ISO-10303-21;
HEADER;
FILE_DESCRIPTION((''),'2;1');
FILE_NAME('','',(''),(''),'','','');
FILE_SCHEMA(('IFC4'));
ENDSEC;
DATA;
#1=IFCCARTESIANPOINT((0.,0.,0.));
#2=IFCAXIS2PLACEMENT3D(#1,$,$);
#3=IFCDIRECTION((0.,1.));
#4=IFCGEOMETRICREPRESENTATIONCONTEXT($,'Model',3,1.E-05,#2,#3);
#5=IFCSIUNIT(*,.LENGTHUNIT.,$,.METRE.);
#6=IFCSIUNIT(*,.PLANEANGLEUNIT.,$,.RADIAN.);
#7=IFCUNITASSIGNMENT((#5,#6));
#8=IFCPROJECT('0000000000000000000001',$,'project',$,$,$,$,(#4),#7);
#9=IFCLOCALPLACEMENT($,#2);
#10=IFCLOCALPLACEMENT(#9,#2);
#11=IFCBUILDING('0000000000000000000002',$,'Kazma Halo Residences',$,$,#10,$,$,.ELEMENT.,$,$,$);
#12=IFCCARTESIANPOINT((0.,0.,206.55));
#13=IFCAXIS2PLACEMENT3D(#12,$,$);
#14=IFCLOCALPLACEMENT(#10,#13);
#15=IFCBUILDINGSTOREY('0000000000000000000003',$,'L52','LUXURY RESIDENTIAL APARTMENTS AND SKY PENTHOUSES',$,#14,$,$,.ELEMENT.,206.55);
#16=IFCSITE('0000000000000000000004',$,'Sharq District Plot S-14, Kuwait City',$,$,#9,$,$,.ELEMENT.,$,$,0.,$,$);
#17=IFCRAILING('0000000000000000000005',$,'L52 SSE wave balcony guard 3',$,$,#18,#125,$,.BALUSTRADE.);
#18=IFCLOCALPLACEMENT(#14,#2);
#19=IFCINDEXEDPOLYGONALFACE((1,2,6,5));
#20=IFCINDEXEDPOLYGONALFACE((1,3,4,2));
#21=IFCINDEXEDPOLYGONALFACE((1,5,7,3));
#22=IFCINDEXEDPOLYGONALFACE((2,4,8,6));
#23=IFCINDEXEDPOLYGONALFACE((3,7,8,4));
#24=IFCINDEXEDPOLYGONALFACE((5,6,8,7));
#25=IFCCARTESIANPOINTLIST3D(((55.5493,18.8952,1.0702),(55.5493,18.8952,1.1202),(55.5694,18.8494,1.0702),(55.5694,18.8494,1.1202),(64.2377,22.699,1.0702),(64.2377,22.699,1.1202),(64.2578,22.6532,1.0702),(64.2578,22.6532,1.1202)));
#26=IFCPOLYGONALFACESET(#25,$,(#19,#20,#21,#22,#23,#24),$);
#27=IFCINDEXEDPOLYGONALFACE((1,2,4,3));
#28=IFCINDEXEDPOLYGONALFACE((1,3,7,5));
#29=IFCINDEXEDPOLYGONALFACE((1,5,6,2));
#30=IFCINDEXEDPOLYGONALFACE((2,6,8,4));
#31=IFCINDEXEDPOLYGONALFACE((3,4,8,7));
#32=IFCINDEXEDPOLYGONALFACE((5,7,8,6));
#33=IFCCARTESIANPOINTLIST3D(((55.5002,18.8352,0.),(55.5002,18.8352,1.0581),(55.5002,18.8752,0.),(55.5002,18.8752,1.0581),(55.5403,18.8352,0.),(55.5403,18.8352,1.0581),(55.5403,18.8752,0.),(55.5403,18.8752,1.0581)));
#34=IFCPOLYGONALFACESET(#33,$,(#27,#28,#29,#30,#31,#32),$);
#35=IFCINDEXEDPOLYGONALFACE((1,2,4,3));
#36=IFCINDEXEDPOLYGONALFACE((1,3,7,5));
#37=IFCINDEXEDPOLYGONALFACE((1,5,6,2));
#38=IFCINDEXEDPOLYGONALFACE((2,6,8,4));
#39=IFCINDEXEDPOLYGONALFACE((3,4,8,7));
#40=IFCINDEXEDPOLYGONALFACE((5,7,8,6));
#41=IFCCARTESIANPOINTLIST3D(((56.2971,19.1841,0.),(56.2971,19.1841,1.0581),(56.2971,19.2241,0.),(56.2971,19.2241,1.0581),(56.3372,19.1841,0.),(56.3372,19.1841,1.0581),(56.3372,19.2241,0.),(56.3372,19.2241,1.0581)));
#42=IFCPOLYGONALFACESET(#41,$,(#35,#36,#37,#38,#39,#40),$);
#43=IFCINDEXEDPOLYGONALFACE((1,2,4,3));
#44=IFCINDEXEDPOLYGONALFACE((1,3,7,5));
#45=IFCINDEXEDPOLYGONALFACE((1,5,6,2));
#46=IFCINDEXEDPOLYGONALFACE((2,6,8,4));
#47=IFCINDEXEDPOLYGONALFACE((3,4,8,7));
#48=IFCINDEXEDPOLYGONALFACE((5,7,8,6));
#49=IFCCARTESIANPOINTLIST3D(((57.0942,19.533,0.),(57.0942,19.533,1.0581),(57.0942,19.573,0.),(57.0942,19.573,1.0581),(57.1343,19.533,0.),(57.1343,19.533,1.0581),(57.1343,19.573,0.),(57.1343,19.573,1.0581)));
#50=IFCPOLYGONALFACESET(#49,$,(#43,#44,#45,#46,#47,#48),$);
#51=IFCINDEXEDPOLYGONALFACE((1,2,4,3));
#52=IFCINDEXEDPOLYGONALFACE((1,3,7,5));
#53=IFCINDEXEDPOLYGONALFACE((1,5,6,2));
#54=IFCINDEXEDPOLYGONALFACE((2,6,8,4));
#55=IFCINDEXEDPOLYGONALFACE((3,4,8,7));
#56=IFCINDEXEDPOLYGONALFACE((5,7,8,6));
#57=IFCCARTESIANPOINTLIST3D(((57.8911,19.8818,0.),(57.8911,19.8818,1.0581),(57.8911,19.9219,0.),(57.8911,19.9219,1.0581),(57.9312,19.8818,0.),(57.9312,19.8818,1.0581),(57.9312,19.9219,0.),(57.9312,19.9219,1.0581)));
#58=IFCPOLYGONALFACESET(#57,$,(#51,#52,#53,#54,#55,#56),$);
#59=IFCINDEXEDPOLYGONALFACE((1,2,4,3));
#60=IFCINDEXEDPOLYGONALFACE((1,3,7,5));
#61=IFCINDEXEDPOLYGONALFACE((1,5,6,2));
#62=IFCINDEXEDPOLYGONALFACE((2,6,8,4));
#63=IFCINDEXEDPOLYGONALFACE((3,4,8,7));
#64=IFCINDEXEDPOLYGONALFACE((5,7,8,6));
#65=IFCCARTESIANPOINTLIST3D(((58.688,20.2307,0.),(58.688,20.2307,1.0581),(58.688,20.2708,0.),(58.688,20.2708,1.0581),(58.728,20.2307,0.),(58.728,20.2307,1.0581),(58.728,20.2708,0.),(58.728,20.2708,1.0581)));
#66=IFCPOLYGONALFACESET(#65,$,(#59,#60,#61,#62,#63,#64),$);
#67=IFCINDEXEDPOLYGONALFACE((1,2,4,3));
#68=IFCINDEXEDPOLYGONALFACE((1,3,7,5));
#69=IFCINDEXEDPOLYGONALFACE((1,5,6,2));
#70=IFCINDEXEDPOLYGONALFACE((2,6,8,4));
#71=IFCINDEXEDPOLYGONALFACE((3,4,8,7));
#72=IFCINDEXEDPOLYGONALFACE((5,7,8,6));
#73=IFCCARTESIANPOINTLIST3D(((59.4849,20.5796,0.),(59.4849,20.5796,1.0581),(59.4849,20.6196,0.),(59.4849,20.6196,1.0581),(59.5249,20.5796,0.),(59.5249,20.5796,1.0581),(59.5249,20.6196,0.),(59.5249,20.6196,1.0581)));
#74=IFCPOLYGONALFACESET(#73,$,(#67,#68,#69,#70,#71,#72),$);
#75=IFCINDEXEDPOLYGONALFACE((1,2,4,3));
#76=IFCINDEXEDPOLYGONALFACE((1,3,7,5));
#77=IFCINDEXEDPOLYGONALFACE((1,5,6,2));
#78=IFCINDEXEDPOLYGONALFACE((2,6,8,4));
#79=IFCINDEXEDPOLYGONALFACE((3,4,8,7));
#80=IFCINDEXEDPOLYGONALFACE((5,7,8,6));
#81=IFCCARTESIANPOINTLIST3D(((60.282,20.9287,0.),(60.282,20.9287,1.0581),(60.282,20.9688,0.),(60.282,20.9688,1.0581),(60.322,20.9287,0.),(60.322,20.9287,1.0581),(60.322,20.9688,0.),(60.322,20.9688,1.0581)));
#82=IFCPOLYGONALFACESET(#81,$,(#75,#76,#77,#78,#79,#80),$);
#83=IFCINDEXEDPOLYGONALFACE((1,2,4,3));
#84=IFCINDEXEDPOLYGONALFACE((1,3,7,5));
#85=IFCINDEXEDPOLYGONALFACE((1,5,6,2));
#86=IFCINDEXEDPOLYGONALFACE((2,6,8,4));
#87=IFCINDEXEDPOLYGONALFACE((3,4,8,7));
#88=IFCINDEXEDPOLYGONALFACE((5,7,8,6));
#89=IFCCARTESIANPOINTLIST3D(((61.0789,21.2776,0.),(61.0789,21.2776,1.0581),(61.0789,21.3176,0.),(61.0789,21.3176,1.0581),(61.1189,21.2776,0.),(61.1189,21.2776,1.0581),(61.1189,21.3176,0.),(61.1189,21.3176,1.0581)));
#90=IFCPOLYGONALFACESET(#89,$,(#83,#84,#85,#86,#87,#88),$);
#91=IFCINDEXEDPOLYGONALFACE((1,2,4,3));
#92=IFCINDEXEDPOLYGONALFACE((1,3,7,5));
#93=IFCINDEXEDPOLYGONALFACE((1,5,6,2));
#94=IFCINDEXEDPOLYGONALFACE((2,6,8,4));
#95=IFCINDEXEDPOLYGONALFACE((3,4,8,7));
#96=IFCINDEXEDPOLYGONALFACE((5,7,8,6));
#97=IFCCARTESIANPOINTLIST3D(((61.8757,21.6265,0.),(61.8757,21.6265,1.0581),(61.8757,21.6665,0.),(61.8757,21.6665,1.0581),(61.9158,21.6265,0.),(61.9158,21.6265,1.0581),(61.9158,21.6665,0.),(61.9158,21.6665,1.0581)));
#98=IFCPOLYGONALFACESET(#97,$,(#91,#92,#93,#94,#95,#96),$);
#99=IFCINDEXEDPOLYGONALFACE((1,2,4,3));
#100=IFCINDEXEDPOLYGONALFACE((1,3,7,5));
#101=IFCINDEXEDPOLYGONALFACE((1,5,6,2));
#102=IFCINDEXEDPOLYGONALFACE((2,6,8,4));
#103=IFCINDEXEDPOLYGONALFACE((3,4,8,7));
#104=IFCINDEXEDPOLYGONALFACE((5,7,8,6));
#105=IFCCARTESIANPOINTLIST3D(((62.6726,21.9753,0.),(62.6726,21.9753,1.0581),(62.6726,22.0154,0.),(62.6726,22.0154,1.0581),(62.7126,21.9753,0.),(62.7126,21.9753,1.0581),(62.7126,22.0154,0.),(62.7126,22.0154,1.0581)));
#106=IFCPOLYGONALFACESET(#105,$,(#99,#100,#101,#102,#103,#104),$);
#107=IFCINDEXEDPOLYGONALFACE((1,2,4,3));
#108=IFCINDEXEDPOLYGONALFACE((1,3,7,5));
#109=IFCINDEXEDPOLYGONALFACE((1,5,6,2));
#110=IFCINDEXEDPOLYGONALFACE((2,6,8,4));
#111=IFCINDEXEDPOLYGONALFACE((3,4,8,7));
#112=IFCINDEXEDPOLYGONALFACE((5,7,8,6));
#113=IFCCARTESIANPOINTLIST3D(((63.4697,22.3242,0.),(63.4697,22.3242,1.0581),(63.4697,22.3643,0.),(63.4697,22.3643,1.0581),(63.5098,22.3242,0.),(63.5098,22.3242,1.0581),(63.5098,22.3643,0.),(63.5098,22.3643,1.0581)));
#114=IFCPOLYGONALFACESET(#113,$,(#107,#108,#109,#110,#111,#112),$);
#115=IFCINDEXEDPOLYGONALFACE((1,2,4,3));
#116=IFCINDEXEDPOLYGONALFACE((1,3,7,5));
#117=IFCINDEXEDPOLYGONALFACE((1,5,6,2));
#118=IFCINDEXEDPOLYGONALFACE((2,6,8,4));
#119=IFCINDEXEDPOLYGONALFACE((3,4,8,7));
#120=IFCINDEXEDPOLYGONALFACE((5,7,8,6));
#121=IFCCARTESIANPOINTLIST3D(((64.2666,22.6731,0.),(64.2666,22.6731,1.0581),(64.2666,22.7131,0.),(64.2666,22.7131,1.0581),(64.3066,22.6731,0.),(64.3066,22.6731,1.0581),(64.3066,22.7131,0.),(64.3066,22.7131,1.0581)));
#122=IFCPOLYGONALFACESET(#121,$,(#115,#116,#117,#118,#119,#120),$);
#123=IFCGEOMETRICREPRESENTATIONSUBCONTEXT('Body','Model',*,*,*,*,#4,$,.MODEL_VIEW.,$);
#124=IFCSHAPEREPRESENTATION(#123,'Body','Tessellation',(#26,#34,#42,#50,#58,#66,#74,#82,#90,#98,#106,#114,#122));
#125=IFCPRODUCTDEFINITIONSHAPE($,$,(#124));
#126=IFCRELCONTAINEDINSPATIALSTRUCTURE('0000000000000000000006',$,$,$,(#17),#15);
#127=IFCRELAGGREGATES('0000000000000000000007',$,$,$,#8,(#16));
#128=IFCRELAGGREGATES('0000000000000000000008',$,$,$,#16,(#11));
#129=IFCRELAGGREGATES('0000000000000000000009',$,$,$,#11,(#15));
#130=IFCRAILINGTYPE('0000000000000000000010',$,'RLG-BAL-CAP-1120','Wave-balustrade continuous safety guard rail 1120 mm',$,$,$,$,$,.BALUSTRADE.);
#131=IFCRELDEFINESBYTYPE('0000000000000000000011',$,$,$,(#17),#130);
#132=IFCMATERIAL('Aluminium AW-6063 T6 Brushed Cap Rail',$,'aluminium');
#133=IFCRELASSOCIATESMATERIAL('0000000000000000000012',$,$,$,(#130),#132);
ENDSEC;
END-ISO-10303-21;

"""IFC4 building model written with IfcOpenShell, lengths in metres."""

from ifc_helpers import new_model, si_unit, direction, frame, origin, origin_2d, place, context, subcontext, project, spatial, rectangle, extrude, material, type_object, element, save


model = new_model("IFC4")

# Units and contexts
model_context = context("Model", 3, precision=1e-05, world=origin(), true_north=direction((0.0, 1.0)))
body_context = subcontext(model_context, "Body", "Model", "MODEL_VIEW")
ifc_project = project(units=[si_unit("LENGTHUNIT", "METRE"), si_unit("PLANEANGLEUNIT", "RADIAN")], contexts=[model_context])

# Site, building, storey
site_placement = place(None, origin())
site = spatial("IfcSite", under=ifc_project, at=site_placement, Name="Sharq District Plot S-14, Kuwait City", CompositionType="ELEMENT", RefElevation=0.0)
building_placement = place(site_placement, origin())
building = spatial("IfcBuilding", under=site, at=building_placement, Name="Kazma Halo Residences", CompositionType="ELEMENT")
storey_placement = place(building_placement, frame((0.0, 0.0, 206.55)))
storey = spatial("IfcBuildingStorey", under=building, at=storey_placement, Name="L52", Description="LUXURY RESIDENTIAL APARTMENTS AND SKY PENTHOUSES", CompositionType="ELEMENT", Elevation=206.55)

# Railing
ifc_material_1 = material(Name="Aluminium AW-6063 T6 Brushed Cap Rail", Category="aluminium")
railing_type = type_object("IfcRailingType", Name="RLG-BAL-CAP-1120", Description="Wave-balustrade continuous safety guard rail 1120 mm", PredefinedType="BALUSTRADE", material=ifc_material_1)
railing_placement = place(storey_placement, frame((55.5203, 18.8552, 0.0)))
element("IfcRailing", 1, at=railing_placement, inside=storey, type_object=railing_type, Name="L52 SSE wave balcony guard 3", PredefinedType="BALUSTRADE", context=body_context, shape_type="SweptSolid", body=[
    extrude(rectangle(XDim=0.05, YDim=0.05, at=origin_2d()), frame((0.0391, 0.0171, 1.0952), z_axis=(0.916057, 0.401048, 0.0), x_axis=(-0.401048, 0.916057, 0.0)), (0.0, 0.0, 1.0), 9.4846),
    extrude(rectangle(XDim=0.04, YDim=0.04, at=origin_2d()), origin(), (0.0, 0.0, 1.0), 1.0581),
    extrude(rectangle(XDim=0.04, YDim=0.04, at=origin_2d()), frame((0.7969, 0.3489, 0.0)), (0.0, 0.0, 1.0), 1.0581),
    extrude(rectangle(XDim=0.04, YDim=0.04, at=origin_2d()), frame((1.594, 0.6978, 0.0)), (0.0, 0.0, 1.0), 1.0581),
    extrude(rectangle(XDim=0.04, YDim=0.04, at=origin_2d()), frame((2.3909, 1.0466, 0.0)), (0.0, 0.0, 1.0), 1.0581),
    extrude(rectangle(XDim=0.04, YDim=0.04, at=origin_2d()), frame((3.1877, 1.3955, 0.0)), (0.0, 0.0, 1.0), 1.0581),
    extrude(rectangle(XDim=0.04, YDim=0.04, at=origin_2d()), frame((3.9846, 1.7444, 0.0)), (0.0, 0.0, 1.0), 1.0581),
    extrude(rectangle(XDim=0.04, YDim=0.04, at=origin_2d()), frame((4.7817, 2.0935, 0.0)), (0.0, 0.0, 1.0), 1.0581),
    extrude(rectangle(XDim=0.04, YDim=0.04, at=origin_2d()), frame((5.5786, 2.4424, 0.0)), (0.0, 0.0, 1.0), 1.0581),
    extrude(rectangle(XDim=0.04, YDim=0.04, at=origin_2d()), frame((6.3755, 2.7913, 0.0)), (0.0, 0.0, 1.0), 1.0581),
    extrude(rectangle(XDim=0.04, YDim=0.04, at=origin_2d()), frame((7.1724, 3.1401, 0.0)), (0.0, 0.0, 1.0), 1.0581),
    extrude(rectangle(XDim=0.04, YDim=0.04, at=origin_2d()), frame((7.9695, 3.489, 0.0)), (0.0, 0.0, 1.0), 1.0581),
    extrude(rectangle(XDim=0.04, YDim=0.04, at=origin_2d()), frame((8.7664, 3.8379, 0.0)), (0.0, 0.0, 1.0), 1.0581),
])

save(model, "model.ifc")
